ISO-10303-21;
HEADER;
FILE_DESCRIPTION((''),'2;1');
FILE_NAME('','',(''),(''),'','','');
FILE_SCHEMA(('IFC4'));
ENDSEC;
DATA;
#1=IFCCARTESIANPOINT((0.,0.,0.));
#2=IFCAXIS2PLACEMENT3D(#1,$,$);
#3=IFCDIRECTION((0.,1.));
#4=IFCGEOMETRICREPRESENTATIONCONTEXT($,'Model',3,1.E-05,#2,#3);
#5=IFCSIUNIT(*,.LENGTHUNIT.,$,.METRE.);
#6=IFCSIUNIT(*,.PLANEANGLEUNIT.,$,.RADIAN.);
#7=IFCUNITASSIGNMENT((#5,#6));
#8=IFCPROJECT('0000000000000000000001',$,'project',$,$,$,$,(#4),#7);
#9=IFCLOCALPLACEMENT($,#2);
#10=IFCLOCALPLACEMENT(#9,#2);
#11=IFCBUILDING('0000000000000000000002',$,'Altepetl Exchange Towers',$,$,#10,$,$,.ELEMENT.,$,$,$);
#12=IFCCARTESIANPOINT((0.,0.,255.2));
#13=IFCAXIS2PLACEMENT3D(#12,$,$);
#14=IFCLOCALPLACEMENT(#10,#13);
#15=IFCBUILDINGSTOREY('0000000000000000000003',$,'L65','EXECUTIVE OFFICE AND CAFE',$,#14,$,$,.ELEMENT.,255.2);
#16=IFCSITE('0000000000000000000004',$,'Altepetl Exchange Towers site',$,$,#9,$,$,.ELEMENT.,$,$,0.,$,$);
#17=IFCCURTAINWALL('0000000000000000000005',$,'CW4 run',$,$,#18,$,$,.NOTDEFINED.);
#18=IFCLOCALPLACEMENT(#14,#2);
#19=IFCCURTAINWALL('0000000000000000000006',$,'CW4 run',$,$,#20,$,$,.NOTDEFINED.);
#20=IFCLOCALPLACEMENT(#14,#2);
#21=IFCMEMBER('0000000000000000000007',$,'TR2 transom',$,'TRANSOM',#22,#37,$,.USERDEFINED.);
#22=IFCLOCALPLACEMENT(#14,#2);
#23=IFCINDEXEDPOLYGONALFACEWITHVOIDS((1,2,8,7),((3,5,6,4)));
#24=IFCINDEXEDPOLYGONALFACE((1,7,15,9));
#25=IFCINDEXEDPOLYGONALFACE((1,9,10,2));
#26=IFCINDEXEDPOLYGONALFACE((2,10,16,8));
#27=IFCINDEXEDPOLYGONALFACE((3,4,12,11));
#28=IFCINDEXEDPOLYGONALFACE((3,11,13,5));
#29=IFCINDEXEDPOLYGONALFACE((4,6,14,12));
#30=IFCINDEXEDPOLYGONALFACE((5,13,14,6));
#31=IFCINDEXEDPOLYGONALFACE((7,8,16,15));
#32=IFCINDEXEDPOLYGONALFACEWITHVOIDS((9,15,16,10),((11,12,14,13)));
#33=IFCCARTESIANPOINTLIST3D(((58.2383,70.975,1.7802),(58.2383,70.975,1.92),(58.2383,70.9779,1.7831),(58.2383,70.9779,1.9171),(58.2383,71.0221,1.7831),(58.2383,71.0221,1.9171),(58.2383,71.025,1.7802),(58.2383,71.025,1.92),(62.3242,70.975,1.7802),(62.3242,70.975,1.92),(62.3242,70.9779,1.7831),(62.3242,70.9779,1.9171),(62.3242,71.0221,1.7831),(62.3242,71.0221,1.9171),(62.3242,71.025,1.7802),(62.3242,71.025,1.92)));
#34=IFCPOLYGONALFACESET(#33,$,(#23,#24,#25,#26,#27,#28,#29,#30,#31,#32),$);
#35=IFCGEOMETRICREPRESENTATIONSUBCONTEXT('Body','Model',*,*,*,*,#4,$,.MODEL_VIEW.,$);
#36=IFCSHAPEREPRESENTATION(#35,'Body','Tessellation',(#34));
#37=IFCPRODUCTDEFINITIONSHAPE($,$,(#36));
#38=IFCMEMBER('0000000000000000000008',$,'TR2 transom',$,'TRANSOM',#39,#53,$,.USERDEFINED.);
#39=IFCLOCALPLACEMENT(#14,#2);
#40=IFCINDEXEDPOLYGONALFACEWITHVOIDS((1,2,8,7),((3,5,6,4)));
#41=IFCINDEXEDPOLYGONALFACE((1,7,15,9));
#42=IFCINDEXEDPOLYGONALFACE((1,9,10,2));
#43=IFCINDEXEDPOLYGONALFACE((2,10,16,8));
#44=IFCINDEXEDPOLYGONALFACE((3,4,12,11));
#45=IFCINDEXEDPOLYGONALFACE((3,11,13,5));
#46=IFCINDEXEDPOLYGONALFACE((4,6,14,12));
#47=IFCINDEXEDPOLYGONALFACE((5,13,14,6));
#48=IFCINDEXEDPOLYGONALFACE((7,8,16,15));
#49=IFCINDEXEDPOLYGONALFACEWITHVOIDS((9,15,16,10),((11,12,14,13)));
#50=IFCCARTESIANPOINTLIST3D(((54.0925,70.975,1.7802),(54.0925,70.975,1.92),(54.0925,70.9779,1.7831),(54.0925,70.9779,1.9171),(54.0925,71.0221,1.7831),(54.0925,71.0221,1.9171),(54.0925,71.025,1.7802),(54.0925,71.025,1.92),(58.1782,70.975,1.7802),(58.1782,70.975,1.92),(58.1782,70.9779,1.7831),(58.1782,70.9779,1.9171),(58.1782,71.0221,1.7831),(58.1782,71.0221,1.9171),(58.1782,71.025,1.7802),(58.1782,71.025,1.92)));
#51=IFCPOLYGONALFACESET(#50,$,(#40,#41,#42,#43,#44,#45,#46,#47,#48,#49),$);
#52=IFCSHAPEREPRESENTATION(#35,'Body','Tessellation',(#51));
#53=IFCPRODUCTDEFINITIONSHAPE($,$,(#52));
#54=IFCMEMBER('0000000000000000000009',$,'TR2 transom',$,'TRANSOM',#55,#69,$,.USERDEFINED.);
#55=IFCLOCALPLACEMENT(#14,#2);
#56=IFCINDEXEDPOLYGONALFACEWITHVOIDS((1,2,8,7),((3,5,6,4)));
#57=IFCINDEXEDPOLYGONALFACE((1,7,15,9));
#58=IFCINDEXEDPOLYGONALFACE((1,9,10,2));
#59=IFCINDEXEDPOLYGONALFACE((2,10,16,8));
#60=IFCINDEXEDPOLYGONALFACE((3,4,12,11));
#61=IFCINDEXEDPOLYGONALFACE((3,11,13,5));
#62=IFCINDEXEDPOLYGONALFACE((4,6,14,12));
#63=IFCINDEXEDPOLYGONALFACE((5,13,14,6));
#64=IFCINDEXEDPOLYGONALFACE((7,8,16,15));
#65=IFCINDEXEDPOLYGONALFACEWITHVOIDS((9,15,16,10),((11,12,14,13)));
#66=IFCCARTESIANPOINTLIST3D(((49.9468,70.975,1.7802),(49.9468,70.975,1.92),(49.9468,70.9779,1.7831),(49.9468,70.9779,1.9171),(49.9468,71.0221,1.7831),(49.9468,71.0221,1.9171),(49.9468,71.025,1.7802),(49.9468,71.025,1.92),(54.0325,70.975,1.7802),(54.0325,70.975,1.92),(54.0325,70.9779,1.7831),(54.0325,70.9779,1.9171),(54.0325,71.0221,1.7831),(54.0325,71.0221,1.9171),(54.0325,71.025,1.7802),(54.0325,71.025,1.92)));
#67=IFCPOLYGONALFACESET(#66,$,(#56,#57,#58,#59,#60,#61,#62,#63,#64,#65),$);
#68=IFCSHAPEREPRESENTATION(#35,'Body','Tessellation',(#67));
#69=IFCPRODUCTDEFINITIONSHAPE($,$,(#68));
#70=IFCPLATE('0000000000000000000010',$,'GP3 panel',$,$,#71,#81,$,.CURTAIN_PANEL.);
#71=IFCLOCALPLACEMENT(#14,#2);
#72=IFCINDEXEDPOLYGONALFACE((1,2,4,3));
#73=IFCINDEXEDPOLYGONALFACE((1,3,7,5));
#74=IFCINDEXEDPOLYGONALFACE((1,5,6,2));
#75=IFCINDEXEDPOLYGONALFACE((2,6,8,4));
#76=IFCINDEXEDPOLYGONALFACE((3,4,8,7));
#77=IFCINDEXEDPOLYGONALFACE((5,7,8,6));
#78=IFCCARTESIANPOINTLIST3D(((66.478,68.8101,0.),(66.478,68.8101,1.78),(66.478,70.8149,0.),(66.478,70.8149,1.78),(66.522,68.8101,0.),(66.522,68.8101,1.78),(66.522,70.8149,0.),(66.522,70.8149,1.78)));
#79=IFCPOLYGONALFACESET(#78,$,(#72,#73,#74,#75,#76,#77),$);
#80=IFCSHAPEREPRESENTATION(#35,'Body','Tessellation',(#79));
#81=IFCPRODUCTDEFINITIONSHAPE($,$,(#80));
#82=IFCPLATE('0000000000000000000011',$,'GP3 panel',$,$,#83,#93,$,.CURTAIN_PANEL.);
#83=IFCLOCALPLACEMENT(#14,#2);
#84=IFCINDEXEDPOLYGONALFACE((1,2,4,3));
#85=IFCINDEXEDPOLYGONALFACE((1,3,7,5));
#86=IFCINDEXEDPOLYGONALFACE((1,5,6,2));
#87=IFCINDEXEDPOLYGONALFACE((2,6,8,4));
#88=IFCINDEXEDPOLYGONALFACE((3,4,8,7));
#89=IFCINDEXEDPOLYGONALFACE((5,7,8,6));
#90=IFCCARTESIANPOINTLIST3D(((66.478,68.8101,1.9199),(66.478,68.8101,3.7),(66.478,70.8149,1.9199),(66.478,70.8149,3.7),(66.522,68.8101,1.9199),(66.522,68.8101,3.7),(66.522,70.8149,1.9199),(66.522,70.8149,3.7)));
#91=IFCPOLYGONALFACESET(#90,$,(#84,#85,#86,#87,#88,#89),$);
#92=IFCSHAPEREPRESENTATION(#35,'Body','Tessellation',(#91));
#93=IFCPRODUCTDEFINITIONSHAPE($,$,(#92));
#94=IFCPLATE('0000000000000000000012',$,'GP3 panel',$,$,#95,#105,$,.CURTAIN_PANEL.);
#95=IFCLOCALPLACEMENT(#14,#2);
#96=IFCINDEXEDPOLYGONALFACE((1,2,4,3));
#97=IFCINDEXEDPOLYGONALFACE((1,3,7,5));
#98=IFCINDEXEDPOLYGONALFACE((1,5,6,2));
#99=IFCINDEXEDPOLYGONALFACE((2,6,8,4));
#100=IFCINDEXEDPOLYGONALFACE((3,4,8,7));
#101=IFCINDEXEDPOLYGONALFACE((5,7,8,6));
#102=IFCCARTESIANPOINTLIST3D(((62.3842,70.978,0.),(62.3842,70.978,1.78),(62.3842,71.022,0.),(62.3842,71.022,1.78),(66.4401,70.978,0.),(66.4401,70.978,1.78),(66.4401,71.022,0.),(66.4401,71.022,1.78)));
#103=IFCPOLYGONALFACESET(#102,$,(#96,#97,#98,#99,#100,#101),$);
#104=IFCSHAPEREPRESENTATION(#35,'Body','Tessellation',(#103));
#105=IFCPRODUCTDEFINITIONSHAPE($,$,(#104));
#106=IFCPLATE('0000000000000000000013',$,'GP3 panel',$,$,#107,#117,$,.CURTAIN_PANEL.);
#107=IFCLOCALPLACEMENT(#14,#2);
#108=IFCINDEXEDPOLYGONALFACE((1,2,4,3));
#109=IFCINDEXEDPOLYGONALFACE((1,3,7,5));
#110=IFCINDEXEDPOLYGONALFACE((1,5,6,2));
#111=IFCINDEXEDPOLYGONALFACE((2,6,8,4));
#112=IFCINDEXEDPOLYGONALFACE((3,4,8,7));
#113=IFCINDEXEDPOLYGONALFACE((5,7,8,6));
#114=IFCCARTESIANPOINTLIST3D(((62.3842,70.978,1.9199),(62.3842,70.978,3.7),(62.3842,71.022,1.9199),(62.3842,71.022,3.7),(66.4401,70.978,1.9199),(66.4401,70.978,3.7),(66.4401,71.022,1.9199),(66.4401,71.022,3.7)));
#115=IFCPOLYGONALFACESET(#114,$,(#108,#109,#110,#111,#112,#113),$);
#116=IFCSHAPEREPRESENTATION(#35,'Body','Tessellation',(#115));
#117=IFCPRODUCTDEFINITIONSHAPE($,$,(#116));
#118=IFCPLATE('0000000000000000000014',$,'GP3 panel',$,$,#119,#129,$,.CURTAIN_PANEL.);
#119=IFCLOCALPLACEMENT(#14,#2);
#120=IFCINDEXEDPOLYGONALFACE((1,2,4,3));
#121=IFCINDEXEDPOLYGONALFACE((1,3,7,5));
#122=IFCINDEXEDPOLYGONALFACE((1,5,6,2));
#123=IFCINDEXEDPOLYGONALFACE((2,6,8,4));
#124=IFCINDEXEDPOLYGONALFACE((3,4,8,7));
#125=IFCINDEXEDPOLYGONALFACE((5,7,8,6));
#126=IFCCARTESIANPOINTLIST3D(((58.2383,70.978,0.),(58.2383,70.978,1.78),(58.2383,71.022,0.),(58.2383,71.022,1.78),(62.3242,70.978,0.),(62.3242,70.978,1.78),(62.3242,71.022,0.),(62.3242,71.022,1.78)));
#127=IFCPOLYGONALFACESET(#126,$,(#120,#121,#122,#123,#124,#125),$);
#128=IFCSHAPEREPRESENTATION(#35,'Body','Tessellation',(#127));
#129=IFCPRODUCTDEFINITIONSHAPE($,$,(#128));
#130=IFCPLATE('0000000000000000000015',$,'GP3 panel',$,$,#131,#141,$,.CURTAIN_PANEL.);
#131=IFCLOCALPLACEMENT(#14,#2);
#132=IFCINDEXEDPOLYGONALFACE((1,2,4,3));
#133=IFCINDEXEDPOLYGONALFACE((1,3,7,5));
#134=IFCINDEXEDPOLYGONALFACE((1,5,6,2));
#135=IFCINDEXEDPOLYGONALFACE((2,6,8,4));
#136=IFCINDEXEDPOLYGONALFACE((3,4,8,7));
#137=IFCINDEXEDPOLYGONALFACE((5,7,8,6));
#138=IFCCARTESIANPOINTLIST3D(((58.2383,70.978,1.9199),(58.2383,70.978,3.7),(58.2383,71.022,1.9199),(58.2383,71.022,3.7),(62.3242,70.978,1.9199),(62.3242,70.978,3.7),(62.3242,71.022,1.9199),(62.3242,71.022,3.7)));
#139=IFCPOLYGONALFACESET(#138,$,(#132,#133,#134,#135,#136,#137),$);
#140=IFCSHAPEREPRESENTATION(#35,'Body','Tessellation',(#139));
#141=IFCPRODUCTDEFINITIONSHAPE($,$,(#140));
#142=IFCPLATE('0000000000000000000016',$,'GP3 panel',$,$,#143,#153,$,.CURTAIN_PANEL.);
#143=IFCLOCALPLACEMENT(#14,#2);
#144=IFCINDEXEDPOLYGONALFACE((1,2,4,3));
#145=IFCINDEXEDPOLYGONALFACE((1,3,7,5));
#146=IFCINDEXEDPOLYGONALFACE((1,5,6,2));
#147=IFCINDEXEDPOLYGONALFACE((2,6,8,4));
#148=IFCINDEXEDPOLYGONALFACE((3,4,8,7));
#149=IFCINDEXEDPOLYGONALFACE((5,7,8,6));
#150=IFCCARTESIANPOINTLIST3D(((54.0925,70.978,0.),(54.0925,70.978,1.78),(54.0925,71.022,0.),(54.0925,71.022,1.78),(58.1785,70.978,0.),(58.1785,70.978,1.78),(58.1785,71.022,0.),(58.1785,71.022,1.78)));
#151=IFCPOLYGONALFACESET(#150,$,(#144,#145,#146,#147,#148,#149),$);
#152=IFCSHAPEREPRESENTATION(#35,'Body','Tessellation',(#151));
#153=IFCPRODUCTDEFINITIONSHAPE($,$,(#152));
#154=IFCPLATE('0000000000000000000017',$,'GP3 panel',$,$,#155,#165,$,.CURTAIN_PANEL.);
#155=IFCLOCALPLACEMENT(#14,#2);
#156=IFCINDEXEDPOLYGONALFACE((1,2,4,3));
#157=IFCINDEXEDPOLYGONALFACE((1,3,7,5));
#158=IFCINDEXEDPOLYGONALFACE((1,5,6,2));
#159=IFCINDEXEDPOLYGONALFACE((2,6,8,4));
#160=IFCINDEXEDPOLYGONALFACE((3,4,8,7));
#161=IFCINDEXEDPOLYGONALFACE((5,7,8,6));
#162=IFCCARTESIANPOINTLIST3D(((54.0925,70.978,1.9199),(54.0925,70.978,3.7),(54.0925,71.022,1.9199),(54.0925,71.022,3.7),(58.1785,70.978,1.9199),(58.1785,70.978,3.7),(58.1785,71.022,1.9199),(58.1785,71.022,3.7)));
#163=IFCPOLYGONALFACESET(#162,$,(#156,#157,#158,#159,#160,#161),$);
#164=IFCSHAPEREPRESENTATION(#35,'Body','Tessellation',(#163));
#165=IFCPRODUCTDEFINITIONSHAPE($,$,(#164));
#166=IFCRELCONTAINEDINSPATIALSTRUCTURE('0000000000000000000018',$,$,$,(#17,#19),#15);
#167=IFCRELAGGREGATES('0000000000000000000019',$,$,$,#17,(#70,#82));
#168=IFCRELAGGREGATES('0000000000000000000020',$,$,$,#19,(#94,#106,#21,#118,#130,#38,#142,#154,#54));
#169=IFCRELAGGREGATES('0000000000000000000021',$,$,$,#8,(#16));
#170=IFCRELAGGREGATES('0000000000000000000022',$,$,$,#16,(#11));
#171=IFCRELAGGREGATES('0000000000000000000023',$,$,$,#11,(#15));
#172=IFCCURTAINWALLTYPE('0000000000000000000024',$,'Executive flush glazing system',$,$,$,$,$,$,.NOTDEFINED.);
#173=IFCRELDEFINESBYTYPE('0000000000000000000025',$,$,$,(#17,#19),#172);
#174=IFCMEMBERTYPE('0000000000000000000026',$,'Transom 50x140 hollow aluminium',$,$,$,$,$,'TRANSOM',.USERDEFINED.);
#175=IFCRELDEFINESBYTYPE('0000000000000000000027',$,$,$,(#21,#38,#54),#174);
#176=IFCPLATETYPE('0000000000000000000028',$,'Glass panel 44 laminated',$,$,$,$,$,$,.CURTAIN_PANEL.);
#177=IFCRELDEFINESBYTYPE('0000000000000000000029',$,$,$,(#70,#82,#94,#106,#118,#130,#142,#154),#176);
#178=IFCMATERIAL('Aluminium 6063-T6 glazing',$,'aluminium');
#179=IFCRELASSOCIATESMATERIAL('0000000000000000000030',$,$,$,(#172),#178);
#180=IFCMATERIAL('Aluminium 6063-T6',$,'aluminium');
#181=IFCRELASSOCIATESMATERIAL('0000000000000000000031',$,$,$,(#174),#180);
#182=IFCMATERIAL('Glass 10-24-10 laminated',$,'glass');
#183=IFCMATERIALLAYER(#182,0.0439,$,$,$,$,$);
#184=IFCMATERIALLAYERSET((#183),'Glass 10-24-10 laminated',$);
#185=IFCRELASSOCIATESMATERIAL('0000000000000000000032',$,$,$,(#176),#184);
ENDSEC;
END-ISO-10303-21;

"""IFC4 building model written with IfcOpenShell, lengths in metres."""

from ifc_helpers import new_model, si_unit, direction, frame, origin, origin_2d, place, context, subcontext, project, spatial, rectangle, hollow_rectangle, extrude, material, layer, layer_set, material_profile, profile_set, type_object, element, aggregate, save


model = new_model("IFC4")

# Units and contexts
model_context = context("Model", 3, precision=1e-05, world=origin(), true_north=direction((0.0, 1.0)))
body_context = subcontext(model_context, "Body", "Model", "MODEL_VIEW")
ifc_project = project(units=[si_unit("LENGTHUNIT", "METRE"), si_unit("PLANEANGLEUNIT", "RADIAN")], contexts=[model_context])

# Site, building, storey
site_placement = place(None, origin())
site = spatial("IfcSite", under=ifc_project, at=site_placement, Name="Altepetl Exchange Towers site", CompositionType="ELEMENT", RefElevation=0.0)
building_placement = place(site_placement, origin())
building = spatial("IfcBuilding", under=site, at=building_placement, Name="Altepetl Exchange Towers", CompositionType="ELEMENT")
storey_placement = place(building_placement, frame((0.0, 0.0, 255.2)))
storey = spatial("IfcBuildingStorey", under=building, at=storey_placement, Name="L65", Description="EXECUTIVE OFFICE AND CAFE", CompositionType="ELEMENT", Elevation=255.2)

# Curtain walls
ifc_material_1 = material(Name="Aluminium 6063-T6 glazing", Category="aluminium")
curtain_wall_type = type_object("IfcCurtainWallType", Name="Executive flush glazing system", PredefinedType="NOTDEFINED", material=ifc_material_1)
curtain_wall_1_placement = place(storey_placement, origin())
curtain_wall_1 = element("IfcCurtainWall", 1, at=curtain_wall_1_placement, inside=storey, type_object=curtain_wall_type, Name="CW4 run", PredefinedType="NOTDEFINED")
ifc_material_2 = material(Name="Aluminium 6063-T6", Category="aluminium")
curtain_wall_2_placement = place(storey_placement, origin())
curtain_wall_2 = element("IfcCurtainWall", 2, at=curtain_wall_2_placement, inside=storey, type_object=curtain_wall_type, Name="CW4 run", PredefinedType="NOTDEFINED")

# Members
ifc_material_profile_1 = material_profile(ifc_material_2, hollow_rectangle(XDim=0.05, YDim=0.1399, WallThickness=0.0029, at=origin_2d()), Name="Transom 50x140 hollow aluminium")
ifc_profile_set_1 = profile_set([ifc_material_profile_1], Name="Aluminium 6063-T6")
member_type_1 = type_object("IfcMemberType", Name="Transom 50x140 hollow aluminium", ElementType="TRANSOM", PredefinedType="USERDEFINED", material=ifc_profile_set_1)
member_1_placement = place(storey_placement, frame((62.3242, 71.0, 1.8501), z_axis=(-1.0, 0.0, 0.0), x_axis=(0.0, -1.0, 0.0)))
member_1 = element("IfcMember", 3, at=member_1_placement, type_object=member_type_1, Name="TR2 transom", ObjectType="TRANSOM", PredefinedType="USERDEFINED", context=body_context, shape_type="SweptSolid", body=[
    extrude(hollow_rectangle(XDim=0.05, YDim=0.1399, WallThickness=0.0029, at=origin_2d()), origin(), (0.0, 0.0, 1.0), 4.0859),
])
member_2_placement = place(storey_placement, frame((58.1782, 71.0, 1.8501), z_axis=(-1.0, 0.0, 0.0), x_axis=(0.0, -1.0, 0.0)))
member_2 = element("IfcMember", 4, at=member_2_placement, type_object=member_type_1, Name="TR2 transom", ObjectType="TRANSOM", PredefinedType="USERDEFINED", context=body_context, shape_type="SweptSolid", body=[
    extrude(hollow_rectangle(XDim=0.05, YDim=0.1399, WallThickness=0.0029, at=origin_2d()), origin(), (0.0, 0.0, 1.0), 4.0857),
])
member_3_placement = place(storey_placement, frame((54.0325, 71.0, 1.8501), z_axis=(-1.0, 0.0, 0.0), x_axis=(0.0, -1.0, 0.0)))
member_3 = element("IfcMember", 5, at=member_3_placement, type_object=member_type_1, Name="TR2 transom", ObjectType="TRANSOM", PredefinedType="USERDEFINED", context=body_context, shape_type="SweptSolid", body=[
    extrude(hollow_rectangle(XDim=0.05, YDim=0.1399, WallThickness=0.0029, at=origin_2d()), origin(), (0.0, 0.0, 1.0), 4.0857),
])

# Plates
ifc_material_3 = material(Name="Glass 10-24-10 laminated", Category="glass")
ifc_layer = layer(ifc_material_3, 0.0439)
ifc_layer_set = layer_set([ifc_layer], Name="Glass 10-24-10 laminated")
plate_type = type_object("IfcPlateType", Name="Glass panel 44 laminated", PredefinedType="CURTAIN_PANEL", material=ifc_layer_set)
plate_1_placement = place(storey_placement, frame((66.5, 69.8125, 0.0), z_axis=(0.0, 0.0, 1.0), x_axis=(0.0, 1.0, 0.0)))
plate_1 = element("IfcPlate", 6, at=plate_1_placement, type_object=plate_type, Name="GP3 panel", PredefinedType="CURTAIN_PANEL", context=body_context, shape_type="SweptSolid", body=[
    extrude(rectangle(XDim=2.0049, YDim=0.0439, at=origin_2d()), origin(), (0.0, 0.0, 1.0), 1.78),
])
plate_2_placement = place(storey_placement, frame((66.5, 69.8125, 1.9199), z_axis=(0.0, 0.0, 1.0), x_axis=(0.0, 1.0, 0.0)))
plate_2 = element("IfcPlate", 7, at=plate_2_placement, type_object=plate_type, Name="GP3 panel", PredefinedType="CURTAIN_PANEL", context=body_context, shape_type="SweptSolid", body=[
    extrude(rectangle(XDim=2.0049, YDim=0.0439, at=origin_2d()), origin(), (0.0, 0.0, 1.0), 1.78),
])
aggregate(curtain_wall_1, [plate_1, plate_2])
plate_3_placement = place(storey_placement, frame((64.4121, 71.0, 0.0), z_axis=(0.0, 0.0, 1.0), x_axis=(-1.0, 0.0, 0.0)))
plate_3 = element("IfcPlate", 8, at=plate_3_placement, type_object=plate_type, Name="GP3 panel", PredefinedType="CURTAIN_PANEL", context=body_context, shape_type="SweptSolid", body=[
    extrude(rectangle(XDim=4.0559, YDim=0.0439, at=origin_2d()), origin(), (0.0, 0.0, 1.0), 1.78),
])
plate_4_placement = place(storey_placement, frame((64.4121, 71.0, 1.9199), z_axis=(0.0, 0.0, 1.0), x_axis=(-1.0, 0.0, 0.0)))
plate_4 = element("IfcPlate", 9, at=plate_4_placement, type_object=plate_type, Name="GP3 panel", PredefinedType="CURTAIN_PANEL", context=body_context, shape_type="SweptSolid", body=[
    extrude(rectangle(XDim=4.0559, YDim=0.0439, at=origin_2d()), origin(), (0.0, 0.0, 1.0), 1.78),
])
plate_5_placement = place(storey_placement, frame((60.2812, 71.0, 0.0), z_axis=(0.0, 0.0, 1.0), x_axis=(-1.0, 0.0, 0.0)))
plate_5 = element("IfcPlate", 10, at=plate_5_placement, type_object=plate_type, Name="GP3 panel", PredefinedType="CURTAIN_PANEL", context=body_context, shape_type="SweptSolid", body=[
    extrude(rectangle(XDim=4.0859, YDim=0.0439, at=origin_2d()), origin(), (0.0, 0.0, 1.0), 1.78),
])
plate_6_placement = place(storey_placement, frame((60.2812, 71.0, 1.9199), z_axis=(0.0, 0.0, 1.0), x_axis=(-1.0, 0.0, 0.0)))
plate_6 = element("IfcPlate", 11, at=plate_6_placement, type_object=plate_type, Name="GP3 panel", PredefinedType="CURTAIN_PANEL", context=body_context, shape_type="SweptSolid", body=[
    extrude(rectangle(XDim=4.0859, YDim=0.0439, at=origin_2d()), origin(), (0.0, 0.0, 1.0), 1.78),
])
plate_7_placement = place(storey_placement, frame((56.1355, 71.0, 0.0), z_axis=(0.0, 0.0, 1.0), x_axis=(-1.0, 0.0, 0.0)))
plate_7 = element("IfcPlate", 12, at=plate_7_placement, type_object=plate_type, Name="GP3 panel", PredefinedType="CURTAIN_PANEL", context=body_context, shape_type="SweptSolid", body=[
    extrude(rectangle(XDim=4.0859, YDim=0.0439, at=origin_2d()), origin(), (0.0, 0.0, 1.0), 1.78),
])
plate_8_placement = place(storey_placement, frame((56.1355, 71.0, 1.9199), z_axis=(0.0, 0.0, 1.0), x_axis=(-1.0, 0.0, 0.0)))
plate_8 = element("IfcPlate", 13, at=plate_8_placement, type_object=plate_type, Name="GP3 panel", PredefinedType="CURTAIN_PANEL", context=body_context, shape_type="SweptSolid", body=[
    extrude(rectangle(XDim=4.0859, YDim=0.0439, at=origin_2d()), origin(), (0.0, 0.0, 1.0), 1.78),
])
aggregate(curtain_wall_2, [plate_3, plate_4, member_1, plate_5, plate_6, member_2, plate_7, plate_8, member_3])

save(model, "model.ifc")
